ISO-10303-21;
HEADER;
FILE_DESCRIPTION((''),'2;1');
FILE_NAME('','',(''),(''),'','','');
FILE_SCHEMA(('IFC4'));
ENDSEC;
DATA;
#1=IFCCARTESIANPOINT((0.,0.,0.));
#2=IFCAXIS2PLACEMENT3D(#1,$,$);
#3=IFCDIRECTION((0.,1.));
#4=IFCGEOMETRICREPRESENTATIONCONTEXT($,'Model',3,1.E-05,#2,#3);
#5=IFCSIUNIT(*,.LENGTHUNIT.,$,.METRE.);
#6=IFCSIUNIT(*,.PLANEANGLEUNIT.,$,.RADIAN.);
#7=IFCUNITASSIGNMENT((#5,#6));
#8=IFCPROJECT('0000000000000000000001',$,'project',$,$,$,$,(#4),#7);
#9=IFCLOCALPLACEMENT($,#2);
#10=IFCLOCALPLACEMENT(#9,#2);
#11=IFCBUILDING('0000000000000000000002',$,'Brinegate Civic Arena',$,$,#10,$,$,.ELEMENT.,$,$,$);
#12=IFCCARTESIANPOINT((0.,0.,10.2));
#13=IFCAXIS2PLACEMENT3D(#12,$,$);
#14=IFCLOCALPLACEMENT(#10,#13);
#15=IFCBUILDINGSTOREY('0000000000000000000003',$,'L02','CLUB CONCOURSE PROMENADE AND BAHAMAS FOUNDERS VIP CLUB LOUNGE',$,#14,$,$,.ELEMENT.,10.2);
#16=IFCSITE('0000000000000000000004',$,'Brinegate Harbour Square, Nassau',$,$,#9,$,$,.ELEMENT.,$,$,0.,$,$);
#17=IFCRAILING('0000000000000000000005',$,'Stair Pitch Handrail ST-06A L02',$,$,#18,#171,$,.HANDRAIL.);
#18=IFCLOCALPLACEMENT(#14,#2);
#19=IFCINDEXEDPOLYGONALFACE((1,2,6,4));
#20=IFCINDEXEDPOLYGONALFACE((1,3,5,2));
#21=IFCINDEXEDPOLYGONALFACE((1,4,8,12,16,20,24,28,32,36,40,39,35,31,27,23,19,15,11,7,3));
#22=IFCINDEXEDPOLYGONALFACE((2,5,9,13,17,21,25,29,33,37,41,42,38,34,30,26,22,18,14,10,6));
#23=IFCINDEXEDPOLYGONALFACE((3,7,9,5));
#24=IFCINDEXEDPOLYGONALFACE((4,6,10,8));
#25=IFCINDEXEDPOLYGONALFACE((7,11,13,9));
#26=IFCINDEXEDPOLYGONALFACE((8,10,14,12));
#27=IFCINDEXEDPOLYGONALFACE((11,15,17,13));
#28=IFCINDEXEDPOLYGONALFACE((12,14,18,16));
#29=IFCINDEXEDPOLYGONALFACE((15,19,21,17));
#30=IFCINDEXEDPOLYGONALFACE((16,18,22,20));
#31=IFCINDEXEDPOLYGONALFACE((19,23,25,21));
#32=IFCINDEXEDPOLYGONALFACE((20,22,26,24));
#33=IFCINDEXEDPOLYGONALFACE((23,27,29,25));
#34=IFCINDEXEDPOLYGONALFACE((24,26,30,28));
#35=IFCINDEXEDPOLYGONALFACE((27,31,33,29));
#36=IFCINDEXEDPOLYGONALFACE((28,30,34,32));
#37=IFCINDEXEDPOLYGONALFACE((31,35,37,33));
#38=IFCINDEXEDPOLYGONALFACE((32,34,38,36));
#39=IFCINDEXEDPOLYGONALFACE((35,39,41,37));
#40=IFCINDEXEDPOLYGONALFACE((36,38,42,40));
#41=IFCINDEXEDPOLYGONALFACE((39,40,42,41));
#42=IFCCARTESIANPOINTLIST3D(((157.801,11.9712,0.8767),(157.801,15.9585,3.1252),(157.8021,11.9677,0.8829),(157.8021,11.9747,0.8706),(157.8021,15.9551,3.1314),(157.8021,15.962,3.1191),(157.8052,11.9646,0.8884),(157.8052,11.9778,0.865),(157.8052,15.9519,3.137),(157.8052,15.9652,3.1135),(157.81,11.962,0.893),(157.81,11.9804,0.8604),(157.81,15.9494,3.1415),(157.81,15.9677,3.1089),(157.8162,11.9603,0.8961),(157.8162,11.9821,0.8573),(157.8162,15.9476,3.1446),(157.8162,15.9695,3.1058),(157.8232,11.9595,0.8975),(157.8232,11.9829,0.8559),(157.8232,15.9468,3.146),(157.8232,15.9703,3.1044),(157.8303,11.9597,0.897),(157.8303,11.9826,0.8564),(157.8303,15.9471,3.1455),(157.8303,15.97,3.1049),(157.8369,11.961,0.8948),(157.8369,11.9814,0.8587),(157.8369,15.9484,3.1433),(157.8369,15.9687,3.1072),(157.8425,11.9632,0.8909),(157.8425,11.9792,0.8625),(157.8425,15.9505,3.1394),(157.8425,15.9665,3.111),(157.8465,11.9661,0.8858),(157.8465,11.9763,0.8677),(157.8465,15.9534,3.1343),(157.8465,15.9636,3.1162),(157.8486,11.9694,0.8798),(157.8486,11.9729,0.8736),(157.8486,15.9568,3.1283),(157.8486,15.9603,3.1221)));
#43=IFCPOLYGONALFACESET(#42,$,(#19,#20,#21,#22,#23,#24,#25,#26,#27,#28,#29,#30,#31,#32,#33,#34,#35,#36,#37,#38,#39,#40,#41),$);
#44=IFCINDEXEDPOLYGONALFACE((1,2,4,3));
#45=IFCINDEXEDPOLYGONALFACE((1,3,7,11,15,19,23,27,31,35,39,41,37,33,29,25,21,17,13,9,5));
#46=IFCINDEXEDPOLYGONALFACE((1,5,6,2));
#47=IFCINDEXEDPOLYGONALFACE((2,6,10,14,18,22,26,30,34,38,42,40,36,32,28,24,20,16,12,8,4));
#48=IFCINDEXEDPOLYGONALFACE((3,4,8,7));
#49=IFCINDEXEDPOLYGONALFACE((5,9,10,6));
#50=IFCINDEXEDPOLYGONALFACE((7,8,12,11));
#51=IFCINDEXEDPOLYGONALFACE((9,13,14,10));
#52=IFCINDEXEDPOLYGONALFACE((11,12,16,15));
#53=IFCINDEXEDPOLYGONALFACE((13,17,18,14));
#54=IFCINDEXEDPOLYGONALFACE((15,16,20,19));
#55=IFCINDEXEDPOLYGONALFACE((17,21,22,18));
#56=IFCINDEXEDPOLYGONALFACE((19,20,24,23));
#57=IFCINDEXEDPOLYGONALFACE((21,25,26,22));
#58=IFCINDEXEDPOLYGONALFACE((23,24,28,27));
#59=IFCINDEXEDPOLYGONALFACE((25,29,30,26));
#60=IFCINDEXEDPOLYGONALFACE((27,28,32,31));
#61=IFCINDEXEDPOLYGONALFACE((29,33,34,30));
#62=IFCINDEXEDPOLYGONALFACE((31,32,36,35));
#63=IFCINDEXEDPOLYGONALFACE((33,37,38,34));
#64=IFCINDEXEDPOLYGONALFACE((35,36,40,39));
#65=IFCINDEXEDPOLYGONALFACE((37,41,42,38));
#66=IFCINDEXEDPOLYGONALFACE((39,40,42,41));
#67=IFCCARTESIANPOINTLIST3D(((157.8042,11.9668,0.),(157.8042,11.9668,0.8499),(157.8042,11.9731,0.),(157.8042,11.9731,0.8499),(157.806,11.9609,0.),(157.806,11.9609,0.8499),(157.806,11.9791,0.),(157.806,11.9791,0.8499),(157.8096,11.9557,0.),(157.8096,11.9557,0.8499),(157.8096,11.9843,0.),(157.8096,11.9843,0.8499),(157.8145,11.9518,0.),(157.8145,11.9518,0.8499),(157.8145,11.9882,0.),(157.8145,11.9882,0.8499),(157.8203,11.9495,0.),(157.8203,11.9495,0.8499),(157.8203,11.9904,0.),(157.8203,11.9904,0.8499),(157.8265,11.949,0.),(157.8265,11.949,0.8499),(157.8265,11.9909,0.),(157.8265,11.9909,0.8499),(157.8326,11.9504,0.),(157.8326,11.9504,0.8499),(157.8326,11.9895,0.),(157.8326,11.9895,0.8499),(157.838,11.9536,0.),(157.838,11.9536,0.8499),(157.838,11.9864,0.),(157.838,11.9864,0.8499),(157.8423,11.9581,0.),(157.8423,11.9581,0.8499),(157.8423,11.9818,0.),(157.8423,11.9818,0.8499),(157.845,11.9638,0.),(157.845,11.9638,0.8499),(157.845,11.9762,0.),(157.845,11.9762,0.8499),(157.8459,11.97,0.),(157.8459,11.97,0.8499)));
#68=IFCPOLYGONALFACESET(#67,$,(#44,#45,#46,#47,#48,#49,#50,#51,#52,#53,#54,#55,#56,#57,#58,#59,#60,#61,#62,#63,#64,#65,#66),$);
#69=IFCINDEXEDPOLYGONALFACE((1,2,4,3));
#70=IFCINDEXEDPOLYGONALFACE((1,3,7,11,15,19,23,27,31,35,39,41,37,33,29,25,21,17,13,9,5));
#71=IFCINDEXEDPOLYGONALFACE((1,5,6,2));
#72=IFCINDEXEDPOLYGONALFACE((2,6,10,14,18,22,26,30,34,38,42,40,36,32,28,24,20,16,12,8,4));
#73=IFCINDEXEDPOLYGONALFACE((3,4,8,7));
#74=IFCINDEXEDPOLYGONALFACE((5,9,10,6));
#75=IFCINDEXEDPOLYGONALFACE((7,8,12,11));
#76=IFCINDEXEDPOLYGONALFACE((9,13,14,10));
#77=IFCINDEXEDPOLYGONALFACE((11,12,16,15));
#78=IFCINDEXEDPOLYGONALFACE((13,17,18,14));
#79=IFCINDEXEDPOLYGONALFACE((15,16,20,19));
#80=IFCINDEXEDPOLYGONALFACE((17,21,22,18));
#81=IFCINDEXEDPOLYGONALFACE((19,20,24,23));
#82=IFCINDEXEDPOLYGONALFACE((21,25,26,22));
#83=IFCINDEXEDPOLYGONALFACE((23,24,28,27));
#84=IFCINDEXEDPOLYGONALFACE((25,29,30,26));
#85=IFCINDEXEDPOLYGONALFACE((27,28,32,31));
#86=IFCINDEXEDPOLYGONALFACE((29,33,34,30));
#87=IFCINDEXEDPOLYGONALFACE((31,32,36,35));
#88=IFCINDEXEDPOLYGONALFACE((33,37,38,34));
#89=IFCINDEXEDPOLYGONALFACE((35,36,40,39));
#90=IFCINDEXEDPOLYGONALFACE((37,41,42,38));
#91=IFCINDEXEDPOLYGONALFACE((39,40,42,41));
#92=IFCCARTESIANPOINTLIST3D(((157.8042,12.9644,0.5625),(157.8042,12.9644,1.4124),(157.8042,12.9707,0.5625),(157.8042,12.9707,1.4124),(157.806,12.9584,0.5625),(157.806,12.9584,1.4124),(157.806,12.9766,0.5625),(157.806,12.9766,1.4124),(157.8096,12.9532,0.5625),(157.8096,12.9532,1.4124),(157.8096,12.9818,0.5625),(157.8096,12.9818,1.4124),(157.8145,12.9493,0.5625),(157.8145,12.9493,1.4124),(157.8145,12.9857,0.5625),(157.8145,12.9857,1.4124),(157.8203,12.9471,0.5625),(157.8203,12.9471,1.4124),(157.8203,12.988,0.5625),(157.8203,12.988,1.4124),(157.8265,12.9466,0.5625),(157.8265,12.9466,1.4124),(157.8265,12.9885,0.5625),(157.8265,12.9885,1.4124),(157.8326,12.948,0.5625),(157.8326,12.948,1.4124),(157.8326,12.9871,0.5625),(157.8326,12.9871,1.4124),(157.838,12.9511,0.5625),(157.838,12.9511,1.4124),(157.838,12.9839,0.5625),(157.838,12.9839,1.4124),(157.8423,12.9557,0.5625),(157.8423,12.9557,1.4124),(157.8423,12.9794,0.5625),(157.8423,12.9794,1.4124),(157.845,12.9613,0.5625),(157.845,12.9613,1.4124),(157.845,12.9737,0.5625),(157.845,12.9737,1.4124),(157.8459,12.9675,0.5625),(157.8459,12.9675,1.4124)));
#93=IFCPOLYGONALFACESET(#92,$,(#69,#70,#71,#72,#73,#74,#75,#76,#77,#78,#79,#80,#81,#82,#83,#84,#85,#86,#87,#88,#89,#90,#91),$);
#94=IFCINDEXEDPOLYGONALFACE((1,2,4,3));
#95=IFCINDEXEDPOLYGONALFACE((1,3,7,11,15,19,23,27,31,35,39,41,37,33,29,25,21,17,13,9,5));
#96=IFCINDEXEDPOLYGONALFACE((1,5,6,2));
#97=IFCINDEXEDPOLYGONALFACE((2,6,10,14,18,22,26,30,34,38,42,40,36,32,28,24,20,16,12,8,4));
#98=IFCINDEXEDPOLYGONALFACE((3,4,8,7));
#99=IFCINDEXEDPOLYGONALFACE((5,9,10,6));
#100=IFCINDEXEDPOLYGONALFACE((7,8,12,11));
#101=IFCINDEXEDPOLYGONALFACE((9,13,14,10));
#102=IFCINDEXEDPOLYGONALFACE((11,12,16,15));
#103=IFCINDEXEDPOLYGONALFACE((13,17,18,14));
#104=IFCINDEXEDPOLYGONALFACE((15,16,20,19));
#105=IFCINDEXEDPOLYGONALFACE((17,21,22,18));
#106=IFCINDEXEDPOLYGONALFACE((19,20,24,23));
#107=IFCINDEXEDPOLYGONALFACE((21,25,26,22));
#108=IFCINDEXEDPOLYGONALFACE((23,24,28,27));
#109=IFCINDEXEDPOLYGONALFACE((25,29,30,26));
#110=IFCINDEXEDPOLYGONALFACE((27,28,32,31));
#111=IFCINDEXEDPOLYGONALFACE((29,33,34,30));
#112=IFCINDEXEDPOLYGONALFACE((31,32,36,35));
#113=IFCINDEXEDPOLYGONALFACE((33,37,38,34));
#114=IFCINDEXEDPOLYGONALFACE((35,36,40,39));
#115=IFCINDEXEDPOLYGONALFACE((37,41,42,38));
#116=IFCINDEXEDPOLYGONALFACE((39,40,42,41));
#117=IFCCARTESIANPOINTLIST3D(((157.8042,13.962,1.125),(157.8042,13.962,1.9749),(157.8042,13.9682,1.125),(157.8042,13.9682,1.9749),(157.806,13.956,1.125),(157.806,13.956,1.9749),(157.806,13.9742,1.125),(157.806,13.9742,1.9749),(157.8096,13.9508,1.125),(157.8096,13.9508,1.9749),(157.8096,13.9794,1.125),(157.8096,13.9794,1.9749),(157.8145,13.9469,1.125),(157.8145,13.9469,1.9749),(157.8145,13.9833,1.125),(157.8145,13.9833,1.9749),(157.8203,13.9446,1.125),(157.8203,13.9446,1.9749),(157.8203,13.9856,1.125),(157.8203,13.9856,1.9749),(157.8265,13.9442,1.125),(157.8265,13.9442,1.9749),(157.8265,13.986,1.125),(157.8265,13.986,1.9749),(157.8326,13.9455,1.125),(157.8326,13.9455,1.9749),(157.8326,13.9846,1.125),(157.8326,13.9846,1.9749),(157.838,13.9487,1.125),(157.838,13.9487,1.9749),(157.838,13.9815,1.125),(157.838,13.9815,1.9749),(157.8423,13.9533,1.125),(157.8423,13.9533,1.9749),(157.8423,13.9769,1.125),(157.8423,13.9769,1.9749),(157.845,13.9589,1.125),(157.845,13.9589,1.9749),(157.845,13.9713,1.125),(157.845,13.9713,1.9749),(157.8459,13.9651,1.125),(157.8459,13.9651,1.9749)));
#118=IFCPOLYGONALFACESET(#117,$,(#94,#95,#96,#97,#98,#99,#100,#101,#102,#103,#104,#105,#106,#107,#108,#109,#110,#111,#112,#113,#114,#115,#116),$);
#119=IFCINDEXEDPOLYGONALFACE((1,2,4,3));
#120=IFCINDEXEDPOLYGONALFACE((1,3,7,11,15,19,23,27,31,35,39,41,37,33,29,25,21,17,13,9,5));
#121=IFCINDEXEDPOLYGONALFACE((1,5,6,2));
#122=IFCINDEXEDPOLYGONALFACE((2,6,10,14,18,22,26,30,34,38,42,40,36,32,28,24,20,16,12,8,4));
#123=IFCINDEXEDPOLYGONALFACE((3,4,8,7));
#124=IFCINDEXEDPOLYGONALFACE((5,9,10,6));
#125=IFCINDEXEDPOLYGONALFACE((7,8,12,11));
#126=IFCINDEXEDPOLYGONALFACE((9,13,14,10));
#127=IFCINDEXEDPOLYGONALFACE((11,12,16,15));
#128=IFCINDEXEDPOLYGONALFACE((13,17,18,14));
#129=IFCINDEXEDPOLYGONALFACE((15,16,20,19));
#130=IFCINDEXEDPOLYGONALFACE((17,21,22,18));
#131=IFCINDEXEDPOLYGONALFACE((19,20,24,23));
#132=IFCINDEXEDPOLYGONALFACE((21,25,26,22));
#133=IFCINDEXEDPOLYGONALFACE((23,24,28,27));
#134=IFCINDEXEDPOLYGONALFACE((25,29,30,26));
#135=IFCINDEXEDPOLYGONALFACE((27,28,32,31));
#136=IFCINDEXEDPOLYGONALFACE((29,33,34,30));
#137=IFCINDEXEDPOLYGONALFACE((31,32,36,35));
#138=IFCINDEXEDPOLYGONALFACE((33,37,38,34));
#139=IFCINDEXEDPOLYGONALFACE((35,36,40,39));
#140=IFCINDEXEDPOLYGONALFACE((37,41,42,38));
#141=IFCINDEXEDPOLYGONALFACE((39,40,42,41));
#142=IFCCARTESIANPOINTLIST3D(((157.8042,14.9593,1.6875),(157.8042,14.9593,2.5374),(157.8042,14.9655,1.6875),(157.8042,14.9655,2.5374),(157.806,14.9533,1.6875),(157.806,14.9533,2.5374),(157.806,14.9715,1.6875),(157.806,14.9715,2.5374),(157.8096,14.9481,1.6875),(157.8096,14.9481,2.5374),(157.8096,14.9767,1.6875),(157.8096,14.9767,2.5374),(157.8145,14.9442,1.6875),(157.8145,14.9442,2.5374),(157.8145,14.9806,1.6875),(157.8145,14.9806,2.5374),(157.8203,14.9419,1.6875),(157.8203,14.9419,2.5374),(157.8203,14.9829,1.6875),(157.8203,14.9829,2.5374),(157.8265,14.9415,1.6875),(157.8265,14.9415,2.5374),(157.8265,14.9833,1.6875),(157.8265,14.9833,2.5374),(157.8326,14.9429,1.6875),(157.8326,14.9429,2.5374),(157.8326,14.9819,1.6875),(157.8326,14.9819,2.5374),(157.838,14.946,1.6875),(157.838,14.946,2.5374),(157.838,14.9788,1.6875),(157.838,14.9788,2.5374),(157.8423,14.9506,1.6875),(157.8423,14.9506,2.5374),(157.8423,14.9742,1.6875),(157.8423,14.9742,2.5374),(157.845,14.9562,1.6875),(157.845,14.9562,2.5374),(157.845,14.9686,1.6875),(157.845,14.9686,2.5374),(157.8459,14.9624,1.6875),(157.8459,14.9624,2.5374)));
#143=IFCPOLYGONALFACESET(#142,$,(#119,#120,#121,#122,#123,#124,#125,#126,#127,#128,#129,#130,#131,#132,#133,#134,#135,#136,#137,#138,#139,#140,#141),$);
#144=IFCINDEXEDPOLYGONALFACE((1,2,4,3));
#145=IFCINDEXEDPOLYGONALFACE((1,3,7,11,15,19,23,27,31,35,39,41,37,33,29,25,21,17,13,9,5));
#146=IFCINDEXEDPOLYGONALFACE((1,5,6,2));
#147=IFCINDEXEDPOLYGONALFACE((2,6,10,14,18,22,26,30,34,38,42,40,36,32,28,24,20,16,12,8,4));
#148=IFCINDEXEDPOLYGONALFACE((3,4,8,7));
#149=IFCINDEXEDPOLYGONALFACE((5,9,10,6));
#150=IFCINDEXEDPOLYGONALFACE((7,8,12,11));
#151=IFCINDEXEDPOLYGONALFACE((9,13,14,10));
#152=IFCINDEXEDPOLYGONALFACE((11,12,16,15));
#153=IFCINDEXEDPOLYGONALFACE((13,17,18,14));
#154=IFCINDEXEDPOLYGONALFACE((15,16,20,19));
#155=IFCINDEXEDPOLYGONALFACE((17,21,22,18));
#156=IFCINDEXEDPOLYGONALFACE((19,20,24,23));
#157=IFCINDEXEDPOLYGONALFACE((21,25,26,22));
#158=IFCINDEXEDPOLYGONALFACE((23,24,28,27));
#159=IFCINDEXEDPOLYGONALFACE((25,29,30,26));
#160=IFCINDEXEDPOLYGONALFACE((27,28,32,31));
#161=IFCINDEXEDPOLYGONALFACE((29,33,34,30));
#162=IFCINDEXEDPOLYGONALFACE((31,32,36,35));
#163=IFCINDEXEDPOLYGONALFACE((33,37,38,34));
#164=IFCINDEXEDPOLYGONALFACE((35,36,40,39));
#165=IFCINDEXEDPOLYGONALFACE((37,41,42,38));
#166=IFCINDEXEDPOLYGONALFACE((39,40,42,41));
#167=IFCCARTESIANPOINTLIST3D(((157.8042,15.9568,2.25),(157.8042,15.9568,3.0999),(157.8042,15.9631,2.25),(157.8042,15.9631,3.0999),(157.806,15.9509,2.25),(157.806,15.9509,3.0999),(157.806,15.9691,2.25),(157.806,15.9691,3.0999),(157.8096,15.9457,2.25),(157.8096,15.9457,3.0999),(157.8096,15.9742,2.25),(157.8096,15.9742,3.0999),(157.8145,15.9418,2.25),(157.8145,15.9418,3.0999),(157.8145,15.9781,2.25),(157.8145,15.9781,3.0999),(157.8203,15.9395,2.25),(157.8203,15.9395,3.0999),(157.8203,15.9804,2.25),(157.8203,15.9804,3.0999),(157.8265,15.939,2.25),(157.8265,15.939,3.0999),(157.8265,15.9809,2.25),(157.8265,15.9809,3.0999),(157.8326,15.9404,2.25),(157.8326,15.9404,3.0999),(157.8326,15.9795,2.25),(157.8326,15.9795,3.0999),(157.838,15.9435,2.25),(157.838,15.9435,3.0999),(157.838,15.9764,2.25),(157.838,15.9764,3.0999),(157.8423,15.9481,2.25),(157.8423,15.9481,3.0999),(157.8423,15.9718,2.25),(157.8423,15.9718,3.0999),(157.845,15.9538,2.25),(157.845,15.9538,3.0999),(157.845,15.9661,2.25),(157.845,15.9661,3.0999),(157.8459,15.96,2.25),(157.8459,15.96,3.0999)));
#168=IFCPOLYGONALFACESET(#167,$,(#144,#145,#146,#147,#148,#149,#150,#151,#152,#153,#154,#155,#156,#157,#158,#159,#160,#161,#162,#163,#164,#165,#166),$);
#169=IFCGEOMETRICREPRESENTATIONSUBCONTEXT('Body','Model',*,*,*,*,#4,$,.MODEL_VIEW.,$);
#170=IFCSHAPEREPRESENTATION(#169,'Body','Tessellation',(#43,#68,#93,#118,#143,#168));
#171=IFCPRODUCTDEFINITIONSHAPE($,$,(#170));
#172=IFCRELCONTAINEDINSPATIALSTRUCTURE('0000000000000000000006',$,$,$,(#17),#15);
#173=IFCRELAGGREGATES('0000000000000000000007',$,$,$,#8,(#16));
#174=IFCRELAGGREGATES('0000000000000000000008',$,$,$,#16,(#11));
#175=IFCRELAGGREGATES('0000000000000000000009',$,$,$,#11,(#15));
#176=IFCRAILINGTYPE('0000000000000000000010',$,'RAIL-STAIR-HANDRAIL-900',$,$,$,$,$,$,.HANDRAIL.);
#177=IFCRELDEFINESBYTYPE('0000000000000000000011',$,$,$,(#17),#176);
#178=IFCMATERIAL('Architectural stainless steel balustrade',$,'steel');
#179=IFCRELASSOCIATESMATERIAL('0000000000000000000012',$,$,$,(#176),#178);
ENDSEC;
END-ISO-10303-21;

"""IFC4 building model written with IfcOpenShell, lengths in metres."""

from ifc_helpers import new_model, si_unit, direction, frame, origin, origin_2d, place, context, subcontext, project, spatial, circle, extrude, material, type_object, element, save


model = new_model("IFC4")

# Units and contexts
model_context = context("Model", 3, precision=1e-05, world=origin(), true_north=direction((0.0, 1.0)))
body_context = subcontext(model_context, "Body", "Model", "MODEL_VIEW")
ifc_project = project(units=[si_unit("LENGTHUNIT", "METRE"), si_unit("PLANEANGLEUNIT", "RADIAN")], contexts=[model_context])

# Site, building, storey
site_placement = place(None, origin())
site = spatial("IfcSite", under=ifc_project, at=site_placement, Name="Brinegate Harbour Square, Nassau", CompositionType="ELEMENT", RefElevation=0.0)
building_placement = place(site_placement, origin())
building = spatial("IfcBuilding", under=site, at=building_placement, Name="Brinegate Civic Arena", CompositionType="ELEMENT")
storey_placement = place(building_placement, frame((0.0, 0.0, 10.2)))
storey = spatial("IfcBuildingStorey", under=building, at=storey_placement, Name="L02", Description="CLUB CONCOURSE PROMENADE AND BAHAMAS FOUNDERS VIP CLUB LOUNGE", CompositionType="ELEMENT", Elevation=10.2)

# Railing
ifc_material_1 = material(Name="Architectural stainless steel balustrade", Category="steel")
railing_type_1 = type_object("IfcRailingType", Name="RAIL-STAIR-HANDRAIL-900", PredefinedType="HANDRAIL", material=ifc_material_1)
for number, where, name in (
    (1, (157.825, 11.97, 0.0), "Stair Pitch Handrail ST-06A L02"),
):
    element("IfcRailing", number, at=place(storey_placement, frame(where)), inside=storey, type_object=railing_type_1, Name=name, PredefinedType="HANDRAIL", context=body_context, shape_type="SweptSolid", body=[
        extrude(circle(Radius=0.0239, at=origin_2d()), frame((0.0, 0.0012, 0.8767), z_axis=(0.0, 0.87105, 0.491195), x_axis=(-1.0, 0.0, 0.0)), (0.0, 0.0, 1.0), 4.5776),
        extrude(circle(Radius=0.021, at=origin_2d()), origin(), (0.0, 0.0, 1.0), 0.8499),
        extrude(circle(Radius=0.021, at=origin_2d()), frame((0.0, 0.9976, 0.5625)), (0.0, 0.0, 1.0), 0.8499),
        extrude(circle(Radius=0.021, at=origin_2d()), frame((0.0, 1.9951, 1.125)), (0.0, 0.0, 1.0), 0.8499),
        extrude(circle(Radius=0.021, at=origin_2d()), frame((0.0, 2.9924, 1.6875)), (0.0, 0.0, 1.0), 0.8499),
        extrude(circle(Radius=0.021, at=origin_2d()), frame((0.0, 3.99, 2.25)), (0.0, 0.0, 1.0), 0.8499),
    ])

save(model, "model.ifc")
